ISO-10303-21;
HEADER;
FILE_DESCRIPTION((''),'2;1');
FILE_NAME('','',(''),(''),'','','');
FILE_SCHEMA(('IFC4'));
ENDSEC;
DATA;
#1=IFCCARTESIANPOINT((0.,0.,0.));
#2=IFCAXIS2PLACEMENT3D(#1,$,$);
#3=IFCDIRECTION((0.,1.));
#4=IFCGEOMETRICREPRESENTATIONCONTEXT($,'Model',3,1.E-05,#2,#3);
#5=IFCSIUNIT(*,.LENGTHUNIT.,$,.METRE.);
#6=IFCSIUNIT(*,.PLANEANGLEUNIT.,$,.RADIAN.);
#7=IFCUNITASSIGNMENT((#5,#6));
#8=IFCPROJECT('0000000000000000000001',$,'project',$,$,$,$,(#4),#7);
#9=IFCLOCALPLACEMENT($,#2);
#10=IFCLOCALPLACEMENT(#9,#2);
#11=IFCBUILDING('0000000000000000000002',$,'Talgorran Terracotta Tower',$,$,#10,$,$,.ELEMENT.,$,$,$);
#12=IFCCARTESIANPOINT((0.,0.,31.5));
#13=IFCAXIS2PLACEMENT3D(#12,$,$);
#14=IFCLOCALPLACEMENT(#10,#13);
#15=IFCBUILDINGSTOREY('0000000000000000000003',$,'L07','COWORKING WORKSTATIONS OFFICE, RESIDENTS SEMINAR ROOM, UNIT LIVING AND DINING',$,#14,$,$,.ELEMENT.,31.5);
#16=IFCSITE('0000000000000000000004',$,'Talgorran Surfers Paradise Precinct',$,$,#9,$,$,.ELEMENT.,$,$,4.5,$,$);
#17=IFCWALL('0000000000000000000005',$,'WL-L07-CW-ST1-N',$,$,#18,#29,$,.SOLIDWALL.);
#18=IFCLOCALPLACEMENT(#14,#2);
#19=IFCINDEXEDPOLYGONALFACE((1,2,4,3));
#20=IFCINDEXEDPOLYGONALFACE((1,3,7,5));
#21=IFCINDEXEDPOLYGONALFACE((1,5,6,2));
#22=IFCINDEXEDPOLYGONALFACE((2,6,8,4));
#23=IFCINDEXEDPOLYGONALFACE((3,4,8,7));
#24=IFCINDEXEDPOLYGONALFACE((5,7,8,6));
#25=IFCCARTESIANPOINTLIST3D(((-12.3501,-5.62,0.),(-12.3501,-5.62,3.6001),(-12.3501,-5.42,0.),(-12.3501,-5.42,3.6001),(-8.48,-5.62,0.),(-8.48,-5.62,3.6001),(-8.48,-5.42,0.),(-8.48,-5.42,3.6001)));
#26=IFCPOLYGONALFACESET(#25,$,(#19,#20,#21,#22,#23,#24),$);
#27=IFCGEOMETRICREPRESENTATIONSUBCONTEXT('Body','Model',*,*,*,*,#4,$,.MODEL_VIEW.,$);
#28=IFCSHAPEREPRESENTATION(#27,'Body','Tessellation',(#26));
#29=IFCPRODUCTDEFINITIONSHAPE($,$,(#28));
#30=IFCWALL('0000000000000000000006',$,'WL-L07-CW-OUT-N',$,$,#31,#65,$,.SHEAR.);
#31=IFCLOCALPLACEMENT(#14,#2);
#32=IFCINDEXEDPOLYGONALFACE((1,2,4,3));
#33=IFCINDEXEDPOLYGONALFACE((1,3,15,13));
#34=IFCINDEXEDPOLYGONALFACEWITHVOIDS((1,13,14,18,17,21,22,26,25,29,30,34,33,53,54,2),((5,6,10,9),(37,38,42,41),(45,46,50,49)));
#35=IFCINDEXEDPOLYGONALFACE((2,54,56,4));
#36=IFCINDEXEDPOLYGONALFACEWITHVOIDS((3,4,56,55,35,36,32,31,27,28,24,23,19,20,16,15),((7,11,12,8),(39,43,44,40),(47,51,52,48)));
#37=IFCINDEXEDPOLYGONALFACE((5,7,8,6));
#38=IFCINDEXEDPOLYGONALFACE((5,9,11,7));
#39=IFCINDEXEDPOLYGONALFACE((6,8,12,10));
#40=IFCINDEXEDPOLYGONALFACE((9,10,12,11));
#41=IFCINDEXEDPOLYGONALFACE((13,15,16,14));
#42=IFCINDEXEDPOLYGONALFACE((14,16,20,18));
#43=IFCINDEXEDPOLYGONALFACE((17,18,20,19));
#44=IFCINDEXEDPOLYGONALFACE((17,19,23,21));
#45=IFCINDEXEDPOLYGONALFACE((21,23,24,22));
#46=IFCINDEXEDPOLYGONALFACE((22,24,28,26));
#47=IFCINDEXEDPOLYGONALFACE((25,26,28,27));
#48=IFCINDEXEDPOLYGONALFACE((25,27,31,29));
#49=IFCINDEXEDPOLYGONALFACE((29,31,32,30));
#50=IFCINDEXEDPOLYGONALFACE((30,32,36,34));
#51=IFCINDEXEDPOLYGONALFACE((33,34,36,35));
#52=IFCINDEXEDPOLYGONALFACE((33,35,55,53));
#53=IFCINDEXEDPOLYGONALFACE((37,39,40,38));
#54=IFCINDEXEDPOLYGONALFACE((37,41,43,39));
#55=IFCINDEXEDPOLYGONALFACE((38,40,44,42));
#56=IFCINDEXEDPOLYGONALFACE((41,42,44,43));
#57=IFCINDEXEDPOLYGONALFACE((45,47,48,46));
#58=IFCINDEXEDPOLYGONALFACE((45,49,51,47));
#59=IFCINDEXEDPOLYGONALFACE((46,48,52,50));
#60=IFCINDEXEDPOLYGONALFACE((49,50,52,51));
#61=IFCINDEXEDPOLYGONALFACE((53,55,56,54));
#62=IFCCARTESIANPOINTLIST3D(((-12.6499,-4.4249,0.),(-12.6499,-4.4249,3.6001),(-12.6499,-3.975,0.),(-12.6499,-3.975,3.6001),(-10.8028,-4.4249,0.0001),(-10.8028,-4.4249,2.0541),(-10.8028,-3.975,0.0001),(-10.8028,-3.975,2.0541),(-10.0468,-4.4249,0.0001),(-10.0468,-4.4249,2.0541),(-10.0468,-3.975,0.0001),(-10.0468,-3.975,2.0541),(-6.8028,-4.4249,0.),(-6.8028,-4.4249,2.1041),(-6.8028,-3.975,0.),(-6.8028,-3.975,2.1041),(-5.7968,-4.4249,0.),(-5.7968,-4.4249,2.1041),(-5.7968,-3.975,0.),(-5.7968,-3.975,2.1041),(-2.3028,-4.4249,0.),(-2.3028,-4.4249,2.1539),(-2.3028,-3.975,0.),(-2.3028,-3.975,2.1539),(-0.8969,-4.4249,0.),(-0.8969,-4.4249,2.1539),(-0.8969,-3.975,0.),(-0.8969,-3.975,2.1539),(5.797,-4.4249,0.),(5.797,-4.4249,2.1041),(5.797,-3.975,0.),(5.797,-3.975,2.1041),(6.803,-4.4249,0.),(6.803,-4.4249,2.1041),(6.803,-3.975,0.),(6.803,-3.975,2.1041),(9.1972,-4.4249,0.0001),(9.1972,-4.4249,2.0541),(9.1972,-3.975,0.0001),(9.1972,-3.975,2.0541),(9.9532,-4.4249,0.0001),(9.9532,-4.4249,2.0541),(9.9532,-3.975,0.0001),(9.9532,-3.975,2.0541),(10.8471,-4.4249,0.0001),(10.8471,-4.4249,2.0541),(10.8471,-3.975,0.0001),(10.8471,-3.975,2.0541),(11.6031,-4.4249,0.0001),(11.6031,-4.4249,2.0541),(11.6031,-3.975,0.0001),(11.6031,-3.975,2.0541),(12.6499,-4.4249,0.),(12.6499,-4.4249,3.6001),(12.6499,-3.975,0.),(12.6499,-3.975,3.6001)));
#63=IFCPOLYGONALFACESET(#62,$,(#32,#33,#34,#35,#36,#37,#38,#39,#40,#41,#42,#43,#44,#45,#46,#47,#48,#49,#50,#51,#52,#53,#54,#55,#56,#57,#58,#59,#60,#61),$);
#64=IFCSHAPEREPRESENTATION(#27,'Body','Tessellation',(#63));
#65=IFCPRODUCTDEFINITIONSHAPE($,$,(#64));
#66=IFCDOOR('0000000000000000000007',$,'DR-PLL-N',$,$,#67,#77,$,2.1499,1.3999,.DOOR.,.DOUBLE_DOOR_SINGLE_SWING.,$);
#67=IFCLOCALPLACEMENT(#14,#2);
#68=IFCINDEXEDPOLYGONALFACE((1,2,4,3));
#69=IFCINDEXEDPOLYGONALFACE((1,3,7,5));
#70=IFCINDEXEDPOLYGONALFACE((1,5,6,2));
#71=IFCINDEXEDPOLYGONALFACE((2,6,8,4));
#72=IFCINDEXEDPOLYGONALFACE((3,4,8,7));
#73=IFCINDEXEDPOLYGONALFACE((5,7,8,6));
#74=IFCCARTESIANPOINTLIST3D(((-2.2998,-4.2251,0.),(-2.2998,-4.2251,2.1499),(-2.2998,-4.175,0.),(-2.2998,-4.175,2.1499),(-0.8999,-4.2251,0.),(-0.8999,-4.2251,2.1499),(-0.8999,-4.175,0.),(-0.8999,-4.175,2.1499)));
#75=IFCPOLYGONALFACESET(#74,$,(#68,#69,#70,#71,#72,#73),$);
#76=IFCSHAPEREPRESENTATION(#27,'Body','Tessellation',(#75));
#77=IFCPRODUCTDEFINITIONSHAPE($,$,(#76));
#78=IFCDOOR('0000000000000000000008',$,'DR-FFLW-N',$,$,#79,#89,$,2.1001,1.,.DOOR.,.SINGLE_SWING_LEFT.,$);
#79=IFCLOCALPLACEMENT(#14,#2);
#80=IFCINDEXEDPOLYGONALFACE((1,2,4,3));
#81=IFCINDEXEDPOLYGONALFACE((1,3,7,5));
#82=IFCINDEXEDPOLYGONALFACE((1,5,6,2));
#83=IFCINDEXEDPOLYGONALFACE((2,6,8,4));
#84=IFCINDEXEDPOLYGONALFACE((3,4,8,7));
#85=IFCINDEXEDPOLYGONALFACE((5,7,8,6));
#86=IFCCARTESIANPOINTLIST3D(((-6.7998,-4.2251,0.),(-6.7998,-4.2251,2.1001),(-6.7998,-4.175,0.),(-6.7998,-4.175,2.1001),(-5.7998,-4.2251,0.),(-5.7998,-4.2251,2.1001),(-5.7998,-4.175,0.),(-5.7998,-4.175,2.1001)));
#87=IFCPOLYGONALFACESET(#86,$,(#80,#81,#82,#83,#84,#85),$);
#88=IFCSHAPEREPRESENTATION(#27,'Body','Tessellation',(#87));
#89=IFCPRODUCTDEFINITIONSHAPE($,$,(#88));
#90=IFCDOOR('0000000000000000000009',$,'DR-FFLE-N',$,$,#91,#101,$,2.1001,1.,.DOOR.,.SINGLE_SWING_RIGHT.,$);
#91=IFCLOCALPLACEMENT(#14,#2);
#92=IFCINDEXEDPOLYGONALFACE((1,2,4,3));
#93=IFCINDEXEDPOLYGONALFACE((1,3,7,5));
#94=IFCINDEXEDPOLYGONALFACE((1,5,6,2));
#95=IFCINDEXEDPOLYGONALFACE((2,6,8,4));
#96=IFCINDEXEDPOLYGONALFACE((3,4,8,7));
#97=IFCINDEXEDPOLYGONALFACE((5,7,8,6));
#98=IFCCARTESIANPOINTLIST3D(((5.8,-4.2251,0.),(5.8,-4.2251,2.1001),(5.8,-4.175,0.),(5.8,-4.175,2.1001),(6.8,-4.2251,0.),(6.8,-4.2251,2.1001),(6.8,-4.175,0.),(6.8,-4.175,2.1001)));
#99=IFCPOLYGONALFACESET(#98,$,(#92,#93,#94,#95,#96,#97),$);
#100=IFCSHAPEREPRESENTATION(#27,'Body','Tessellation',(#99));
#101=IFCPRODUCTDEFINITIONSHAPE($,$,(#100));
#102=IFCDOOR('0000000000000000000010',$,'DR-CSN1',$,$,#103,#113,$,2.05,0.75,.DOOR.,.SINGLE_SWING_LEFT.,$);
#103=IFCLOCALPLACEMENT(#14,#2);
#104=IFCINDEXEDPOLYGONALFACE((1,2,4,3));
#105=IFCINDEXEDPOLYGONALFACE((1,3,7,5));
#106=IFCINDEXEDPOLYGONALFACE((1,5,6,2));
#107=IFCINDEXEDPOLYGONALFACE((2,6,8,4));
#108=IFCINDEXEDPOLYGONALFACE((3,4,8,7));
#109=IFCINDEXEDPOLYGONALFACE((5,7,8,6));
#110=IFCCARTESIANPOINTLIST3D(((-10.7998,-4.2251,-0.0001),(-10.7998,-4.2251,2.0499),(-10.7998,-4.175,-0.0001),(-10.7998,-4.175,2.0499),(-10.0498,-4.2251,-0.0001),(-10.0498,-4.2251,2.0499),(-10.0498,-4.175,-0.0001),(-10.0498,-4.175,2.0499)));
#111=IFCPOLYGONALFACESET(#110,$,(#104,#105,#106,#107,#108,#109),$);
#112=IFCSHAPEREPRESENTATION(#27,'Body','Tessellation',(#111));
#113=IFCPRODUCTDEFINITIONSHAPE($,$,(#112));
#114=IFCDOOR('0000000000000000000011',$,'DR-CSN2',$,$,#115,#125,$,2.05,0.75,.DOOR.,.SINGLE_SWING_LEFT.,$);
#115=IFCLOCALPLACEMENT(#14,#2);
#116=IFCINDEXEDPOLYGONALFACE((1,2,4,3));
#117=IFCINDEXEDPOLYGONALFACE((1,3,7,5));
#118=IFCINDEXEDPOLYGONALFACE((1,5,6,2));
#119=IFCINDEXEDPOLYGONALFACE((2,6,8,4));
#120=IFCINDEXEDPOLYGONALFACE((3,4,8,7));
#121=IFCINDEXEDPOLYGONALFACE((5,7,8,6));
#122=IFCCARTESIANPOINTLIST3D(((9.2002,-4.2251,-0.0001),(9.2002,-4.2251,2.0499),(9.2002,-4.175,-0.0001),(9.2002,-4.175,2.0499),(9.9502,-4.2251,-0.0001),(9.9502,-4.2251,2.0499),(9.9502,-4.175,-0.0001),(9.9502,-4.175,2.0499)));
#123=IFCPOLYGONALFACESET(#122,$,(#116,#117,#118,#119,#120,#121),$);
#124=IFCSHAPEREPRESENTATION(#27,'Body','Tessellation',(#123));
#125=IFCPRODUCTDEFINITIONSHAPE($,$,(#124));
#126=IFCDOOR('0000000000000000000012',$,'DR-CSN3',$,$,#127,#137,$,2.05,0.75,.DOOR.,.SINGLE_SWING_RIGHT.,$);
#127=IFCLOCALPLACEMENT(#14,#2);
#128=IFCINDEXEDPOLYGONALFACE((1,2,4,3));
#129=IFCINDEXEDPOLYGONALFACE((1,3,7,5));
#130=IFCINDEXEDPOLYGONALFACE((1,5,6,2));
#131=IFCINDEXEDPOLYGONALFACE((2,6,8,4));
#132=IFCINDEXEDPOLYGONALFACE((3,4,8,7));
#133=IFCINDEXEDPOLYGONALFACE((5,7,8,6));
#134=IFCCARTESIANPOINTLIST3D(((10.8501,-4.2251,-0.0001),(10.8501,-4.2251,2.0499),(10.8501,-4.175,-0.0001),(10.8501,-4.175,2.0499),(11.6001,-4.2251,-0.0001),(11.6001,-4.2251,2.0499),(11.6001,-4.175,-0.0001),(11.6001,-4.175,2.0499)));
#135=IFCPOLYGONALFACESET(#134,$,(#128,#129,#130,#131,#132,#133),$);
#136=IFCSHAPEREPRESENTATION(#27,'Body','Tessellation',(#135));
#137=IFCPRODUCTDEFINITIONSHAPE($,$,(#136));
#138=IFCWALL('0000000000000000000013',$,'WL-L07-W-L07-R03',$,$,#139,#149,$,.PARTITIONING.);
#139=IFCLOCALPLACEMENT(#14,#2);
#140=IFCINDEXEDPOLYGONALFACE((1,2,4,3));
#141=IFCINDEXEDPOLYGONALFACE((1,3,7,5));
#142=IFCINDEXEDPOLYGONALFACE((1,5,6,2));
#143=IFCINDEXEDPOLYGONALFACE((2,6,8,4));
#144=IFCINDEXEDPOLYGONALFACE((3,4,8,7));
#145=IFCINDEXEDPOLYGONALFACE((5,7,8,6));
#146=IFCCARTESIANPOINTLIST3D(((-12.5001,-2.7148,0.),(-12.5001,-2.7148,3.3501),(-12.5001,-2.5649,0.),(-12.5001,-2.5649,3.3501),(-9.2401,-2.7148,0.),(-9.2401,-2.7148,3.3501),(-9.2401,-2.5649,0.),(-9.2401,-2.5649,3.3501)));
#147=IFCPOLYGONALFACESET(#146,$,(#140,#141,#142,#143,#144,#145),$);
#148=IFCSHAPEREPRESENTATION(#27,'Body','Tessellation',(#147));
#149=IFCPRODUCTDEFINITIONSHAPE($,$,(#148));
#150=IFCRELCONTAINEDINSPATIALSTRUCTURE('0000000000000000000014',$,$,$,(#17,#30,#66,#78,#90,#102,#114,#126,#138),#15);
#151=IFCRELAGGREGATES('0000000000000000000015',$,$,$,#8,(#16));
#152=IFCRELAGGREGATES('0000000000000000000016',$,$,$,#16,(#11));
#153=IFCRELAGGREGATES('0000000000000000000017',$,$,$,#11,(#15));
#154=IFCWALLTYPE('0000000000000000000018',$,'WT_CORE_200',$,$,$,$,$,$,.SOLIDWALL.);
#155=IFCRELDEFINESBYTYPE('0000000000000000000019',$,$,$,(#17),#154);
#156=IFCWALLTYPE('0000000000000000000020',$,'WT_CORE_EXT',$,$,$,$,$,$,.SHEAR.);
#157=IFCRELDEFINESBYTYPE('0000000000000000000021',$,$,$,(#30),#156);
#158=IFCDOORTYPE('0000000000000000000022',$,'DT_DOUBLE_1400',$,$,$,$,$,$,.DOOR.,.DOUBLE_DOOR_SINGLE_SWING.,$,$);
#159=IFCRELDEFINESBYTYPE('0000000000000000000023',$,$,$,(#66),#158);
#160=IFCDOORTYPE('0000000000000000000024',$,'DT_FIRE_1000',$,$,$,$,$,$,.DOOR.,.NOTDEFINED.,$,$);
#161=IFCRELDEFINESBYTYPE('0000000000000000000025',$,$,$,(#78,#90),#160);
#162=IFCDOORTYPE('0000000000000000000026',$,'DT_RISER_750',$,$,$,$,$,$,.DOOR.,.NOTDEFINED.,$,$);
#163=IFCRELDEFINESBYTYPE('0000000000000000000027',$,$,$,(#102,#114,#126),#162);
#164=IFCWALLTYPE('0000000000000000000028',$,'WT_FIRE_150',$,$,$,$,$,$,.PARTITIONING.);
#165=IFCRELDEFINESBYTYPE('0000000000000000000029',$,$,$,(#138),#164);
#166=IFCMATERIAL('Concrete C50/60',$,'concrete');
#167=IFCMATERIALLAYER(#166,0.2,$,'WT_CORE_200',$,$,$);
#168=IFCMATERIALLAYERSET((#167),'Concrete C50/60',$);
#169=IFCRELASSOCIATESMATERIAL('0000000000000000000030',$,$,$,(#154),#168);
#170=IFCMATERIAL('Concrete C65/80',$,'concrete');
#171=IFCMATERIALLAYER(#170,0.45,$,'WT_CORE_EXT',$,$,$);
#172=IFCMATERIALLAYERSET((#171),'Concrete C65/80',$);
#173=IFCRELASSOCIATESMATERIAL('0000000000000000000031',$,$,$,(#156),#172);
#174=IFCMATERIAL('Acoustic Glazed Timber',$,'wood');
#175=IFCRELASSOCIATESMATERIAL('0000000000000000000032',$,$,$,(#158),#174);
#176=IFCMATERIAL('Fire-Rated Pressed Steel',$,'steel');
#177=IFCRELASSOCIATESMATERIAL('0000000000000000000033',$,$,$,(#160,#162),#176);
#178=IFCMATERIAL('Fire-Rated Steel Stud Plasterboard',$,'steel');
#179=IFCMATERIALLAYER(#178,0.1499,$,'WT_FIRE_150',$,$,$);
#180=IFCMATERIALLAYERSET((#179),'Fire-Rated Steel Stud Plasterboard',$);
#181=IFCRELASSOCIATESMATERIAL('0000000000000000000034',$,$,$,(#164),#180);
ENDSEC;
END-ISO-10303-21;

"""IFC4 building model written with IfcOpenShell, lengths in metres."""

from ifc_helpers import new_model, si_unit, direction, frame, frame_2d, origin, place, context, subcontext, project, spatial, rectangle, extrude, material, layer, layer_set, type_object, element, fill, save


model = new_model("IFC4")

# Units and contexts
model_context = context("Model", 3, precision=1e-05, world=origin(), true_north=direction((0.0, 1.0)))
body_context = subcontext(model_context, "Body", "Model", "MODEL_VIEW")
ifc_project = project(units=[si_unit("LENGTHUNIT", "METRE"), si_unit("PLANEANGLEUNIT", "RADIAN")], contexts=[model_context])

# Site, building, storey
site_placement = place(None, origin())
site = spatial("IfcSite", under=ifc_project, at=site_placement, Name="Talgorran Surfers Paradise Precinct", CompositionType="ELEMENT", RefElevation=4.5)
building_placement = place(site_placement, origin())
building = spatial("IfcBuilding", under=site, at=building_placement, Name="Talgorran Terracotta Tower", CompositionType="ELEMENT")
storey_placement = place(building_placement, frame((0.0, 0.0, 31.5)))
storey = spatial("IfcBuildingStorey", under=building, at=storey_placement, Name="L07", Description="COWORKING WORKSTATIONS OFFICE, RESIDENTS SEMINAR ROOM, UNIT LIVING AND DINING", CompositionType="ELEMENT", Elevation=31.5)

# Wall
ifc_material_1 = material(Name="Concrete C50/60", Category="concrete")
ifc_layer_1 = layer(ifc_material_1, 0.2, Name="WT_CORE_200")
ifc_layer_set_1 = layer_set([ifc_layer_1], Name="Concrete C50/60")
wall_type_1 = type_object("IfcWallType", Name="WT_CORE_200", PredefinedType="SOLIDWALL", material=ifc_layer_set_1)
wall_1_placement = place(storey_placement, frame((-12.3501, -5.52, 0.0), z_axis=(0.0, 0.0, 1.0), x_axis=(1.0, 0.0, 0.0)))
element("IfcWall", 1, at=wall_1_placement, inside=storey, type_object=wall_type_1, Name="WL-L07-CW-ST1-N", PredefinedType="SOLIDWALL", context=body_context, shape_type="SweptSolid", body=[
    extrude(rectangle(XDim=3.8701, YDim=0.2, at=frame_2d((1.9351, 0.0))), origin(), (0.0, 0.0, 1.0), 3.6001),
])

# Wall, openings, doors
ifc_material_2 = material(Name="Concrete C65/80", Category="concrete")
ifc_layer_2 = layer(ifc_material_2, 0.45, Name="WT_CORE_EXT")
ifc_layer_set_2 = layer_set([ifc_layer_2], Name="Concrete C65/80")
wall_type_2 = type_object("IfcWallType", Name="WT_CORE_EXT", PredefinedType="SHEAR", material=ifc_layer_set_2)
wall_2_placement = place(storey_placement, frame((-12.6499, -4.2, 0.0), z_axis=(0.0, 0.0, 1.0), x_axis=(1.0, 0.0, 0.0)))
wall_2 = element("IfcWall", 2, at=wall_2_placement, inside=storey, type_object=wall_type_2, Name="WL-L07-CW-OUT-N", PredefinedType="SHEAR", context=body_context, shape_type="SweptSolid", body=[
    extrude(rectangle(XDim=25.2998, YDim=0.45, at=frame_2d((12.6499, 0.0))), origin(), (0.0, 0.0, 1.0), 3.6001),
])
opening_1_placement = place(wall_2_placement, frame((1.8501, 0.0, 0.0)))
opening_1 = element("IfcOpeningElement", 3, at=opening_1_placement, cuts=wall_2, PredefinedType="OPENING", context=body_context, shape_type="SweptSolid", body=[
    extrude(rectangle(XDim=0.756, YDim=2.054, at=frame_2d((0.375, 1.0271))), frame((0.0, 0.2349, 0.0), z_axis=(0.0, -1.0, 0.0), x_axis=(1.0, 0.0, 0.0)), (0.0, 0.0, 1.0), 0.47),
])
opening_2_placement = place(wall_2_placement, frame((21.8501, 0.0, 0.0)))
opening_2 = element("IfcOpeningElement", 4, at=opening_2_placement, cuts=wall_2, PredefinedType="OPENING", context=body_context, shape_type="SweptSolid", body=[
    extrude(rectangle(XDim=0.756, YDim=2.054, at=frame_2d((0.375, 1.0271))), frame((0.0, 0.2349, 0.0), z_axis=(0.0, -1.0, 0.0), x_axis=(1.0, 0.0, 0.0)), (0.0, 0.0, 1.0), 0.47),
])
opening_3_placement = place(wall_2_placement, frame((23.5, 0.0, 0.0)))
opening_3 = element("IfcOpeningElement", 5, at=opening_3_placement, cuts=wall_2, PredefinedType="OPENING", context=body_context, shape_type="SweptSolid", body=[
    extrude(rectangle(XDim=0.756, YDim=2.054, at=frame_2d((0.375, 1.0271))), frame((0.0, 0.2349, 0.0), z_axis=(0.0, -1.0, 0.0), x_axis=(1.0, 0.0, 0.0)), (0.0, 0.0, 1.0), 0.47),
])
opening_4_placement = place(wall_2_placement, frame((5.8501, 0.0, 0.0)))
opening_4 = element("IfcOpeningElement", 6, at=opening_4_placement, cuts=wall_2, PredefinedType="OPENING", context=body_context, shape_type="SweptSolid", body=[
    extrude(rectangle(XDim=1.006, YDim=2.1041, at=frame_2d((0.5, 1.052))), frame((0.0, 0.2349, 0.0), z_axis=(0.0, -1.0, 0.0), x_axis=(1.0, 0.0, 0.0)), (0.0, 0.0, 1.0), 0.47),
])
opening_5_placement = place(wall_2_placement, frame((10.3501, 0.0, 0.0)))
opening_5 = element("IfcOpeningElement", 7, at=opening_5_placement, cuts=wall_2, PredefinedType="OPENING", context=body_context, shape_type="SweptSolid", body=[
    extrude(rectangle(XDim=1.4059, YDim=2.1539, at=frame_2d((0.7, 1.0769))), frame((0.0, 0.2349, 0.0), z_axis=(0.0, -1.0, 0.0), x_axis=(1.0, 0.0, 0.0)), (0.0, 0.0, 1.0), 0.47),
])
opening_6_placement = place(wall_2_placement, frame((18.45, 0.0, 0.0)))
opening_6 = element("IfcOpeningElement", 8, at=opening_6_placement, cuts=wall_2, PredefinedType="OPENING", context=body_context, shape_type="SweptSolid", body=[
    extrude(rectangle(XDim=1.006, YDim=2.1041, at=frame_2d((0.5, 1.052))), frame((0.0, 0.2349, 0.0), z_axis=(0.0, -1.0, 0.0), x_axis=(1.0, 0.0, 0.0)), (0.0, 0.0, 1.0), 0.47),
])
ifc_material_3 = material(Name="Acoustic Glazed Timber", Category="wood")
door_type_1 = type_object("IfcDoorType", Name="DT_DOUBLE_1400", OperationType="DOUBLE_DOOR_SINGLE_SWING", PredefinedType="DOOR", material=ifc_material_3)
door_1_placement = place(opening_5_placement, origin())
door_1 = element("IfcDoor", 9, at=door_1_placement, inside=storey, type_object=door_type_1, Name="DR-PLL-N", OperationType="DOUBLE_DOOR_SINGLE_SWING", OverallHeight=2.1499, OverallWidth=1.3999, PredefinedType="DOOR", context=body_context, shape_type="SweptSolid", body=[
    extrude(rectangle(XDim=1.3999, YDim=2.1499, at=frame_2d((0.7, 1.075))), frame((0.0, 0.0249, 0.0), z_axis=(0.0, -1.0, 0.0), x_axis=(1.0, 0.0, 0.0)), (0.0, 0.0, 1.0), 0.05),
])
fill(opening_5, door_1)
ifc_material_4 = material(Name="Fire-Rated Pressed Steel", Category="steel")
door_type_2 = type_object("IfcDoorType", Name="DT_FIRE_1000", OperationType="NOTDEFINED", PredefinedType="DOOR", material=ifc_material_4)
door_2_placement = place(opening_4_placement, origin())
door_2 = element("IfcDoor", 10, at=door_2_placement, inside=storey, type_object=door_type_2, Name="DR-FFLW-N", OperationType="SINGLE_SWING_LEFT", OverallHeight=2.1001, OverallWidth=1.0, PredefinedType="DOOR", context=body_context, shape_type="SweptSolid", body=[
    extrude(rectangle(XDim=1.0, YDim=2.1001, at=frame_2d((0.5, 1.05))), frame((0.0, 0.0249, 0.0), z_axis=(0.0, -1.0, 0.0), x_axis=(1.0, 0.0, 0.0)), (0.0, 0.0, 1.0), 0.05),
])
fill(opening_4, door_2)
door_3_placement = place(opening_6_placement, origin())
door_3 = element("IfcDoor", 11, at=door_3_placement, inside=storey, type_object=door_type_2, Name="DR-FFLE-N", OperationType="SINGLE_SWING_RIGHT", OverallHeight=2.1001, OverallWidth=1.0, PredefinedType="DOOR", context=body_context, shape_type="SweptSolid", body=[
    extrude(rectangle(XDim=1.0, YDim=2.1001, at=frame_2d((0.5, 1.05))), frame((0.0, 0.0249, 0.0), z_axis=(0.0, -1.0, 0.0), x_axis=(1.0, 0.0, 0.0)), (0.0, 0.0, 1.0), 0.05),
])
fill(opening_6, door_3)
door_type_3 = type_object("IfcDoorType", Name="DT_RISER_750", OperationType="NOTDEFINED", PredefinedType="DOOR", material=ifc_material_4)
door_4_placement = place(opening_1_placement, origin())
door_4 = element("IfcDoor", 12, at=door_4_placement, inside=storey, type_object=door_type_3, Name="DR-CSN1", OperationType="SINGLE_SWING_LEFT", OverallHeight=2.05, OverallWidth=0.75, PredefinedType="DOOR", context=body_context, shape_type="SweptSolid", body=[
    extrude(rectangle(XDim=0.75, YDim=2.05, at=frame_2d((0.375, 1.0249))), frame((0.0, 0.0249, 0.0), z_axis=(0.0, -1.0, 0.0), x_axis=(1.0, 0.0, 0.0)), (0.0, 0.0, 1.0), 0.05),
])
fill(opening_1, door_4)
door_5_placement = place(opening_2_placement, origin())
door_5 = element("IfcDoor", 13, at=door_5_placement, inside=storey, type_object=door_type_3, Name="DR-CSN2", OperationType="SINGLE_SWING_LEFT", OverallHeight=2.05, OverallWidth=0.75, PredefinedType="DOOR", context=body_context, shape_type="SweptSolid", body=[
    extrude(rectangle(XDim=0.75, YDim=2.05, at=frame_2d((0.375, 1.0249))), frame((0.0, 0.0249, 0.0), z_axis=(0.0, -1.0, 0.0), x_axis=(1.0, 0.0, 0.0)), (0.0, 0.0, 1.0), 0.05),
])
fill(opening_2, door_5)
door_6_placement = place(opening_3_placement, origin())
door_6 = element("IfcDoor", 14, at=door_6_placement, inside=storey, type_object=door_type_3, Name="DR-CSN3", OperationType="SINGLE_SWING_RIGHT", OverallHeight=2.05, OverallWidth=0.75, PredefinedType="DOOR", context=body_context, shape_type="SweptSolid", body=[
    extrude(rectangle(XDim=0.75, YDim=2.05, at=frame_2d((0.375, 1.0249))), frame((0.0, 0.0249, 0.0), z_axis=(0.0, -1.0, 0.0), x_axis=(1.0, 0.0, 0.0)), (0.0, 0.0, 1.0), 0.05),
])
fill(opening_3, door_6)

# Wall
ifc_material_5 = material(Name="Fire-Rated Steel Stud Plasterboard", Category="steel")
ifc_layer_3 = layer(ifc_material_5, 0.1499, Name="WT_FIRE_150")
ifc_layer_set_3 = layer_set([ifc_layer_3], Name="Fire-Rated Steel Stud Plasterboard")
wall_type_3 = type_object("IfcWallType", Name="WT_FIRE_150", PredefinedType="PARTITIONING", material=ifc_layer_set_3)
wall_3_placement = place(storey_placement, frame((-12.5, -2.6399, 0.0), z_axis=(0.0, 0.0, 1.0), x_axis=(1.0, 0.0, 0.0)))
element("IfcWall", 15, at=wall_3_placement, inside=storey, type_object=wall_type_3, Name="WL-L07-W-L07-R03", PredefinedType="PARTITIONING", context=body_context, shape_type="SweptSolid", body=[
    extrude(rectangle(XDim=3.26, YDim=0.1499, at=frame_2d((1.6299, 0.0))), origin(), (0.0, 0.0, 1.0), 3.3501),
])

save(model, "model.ifc")
